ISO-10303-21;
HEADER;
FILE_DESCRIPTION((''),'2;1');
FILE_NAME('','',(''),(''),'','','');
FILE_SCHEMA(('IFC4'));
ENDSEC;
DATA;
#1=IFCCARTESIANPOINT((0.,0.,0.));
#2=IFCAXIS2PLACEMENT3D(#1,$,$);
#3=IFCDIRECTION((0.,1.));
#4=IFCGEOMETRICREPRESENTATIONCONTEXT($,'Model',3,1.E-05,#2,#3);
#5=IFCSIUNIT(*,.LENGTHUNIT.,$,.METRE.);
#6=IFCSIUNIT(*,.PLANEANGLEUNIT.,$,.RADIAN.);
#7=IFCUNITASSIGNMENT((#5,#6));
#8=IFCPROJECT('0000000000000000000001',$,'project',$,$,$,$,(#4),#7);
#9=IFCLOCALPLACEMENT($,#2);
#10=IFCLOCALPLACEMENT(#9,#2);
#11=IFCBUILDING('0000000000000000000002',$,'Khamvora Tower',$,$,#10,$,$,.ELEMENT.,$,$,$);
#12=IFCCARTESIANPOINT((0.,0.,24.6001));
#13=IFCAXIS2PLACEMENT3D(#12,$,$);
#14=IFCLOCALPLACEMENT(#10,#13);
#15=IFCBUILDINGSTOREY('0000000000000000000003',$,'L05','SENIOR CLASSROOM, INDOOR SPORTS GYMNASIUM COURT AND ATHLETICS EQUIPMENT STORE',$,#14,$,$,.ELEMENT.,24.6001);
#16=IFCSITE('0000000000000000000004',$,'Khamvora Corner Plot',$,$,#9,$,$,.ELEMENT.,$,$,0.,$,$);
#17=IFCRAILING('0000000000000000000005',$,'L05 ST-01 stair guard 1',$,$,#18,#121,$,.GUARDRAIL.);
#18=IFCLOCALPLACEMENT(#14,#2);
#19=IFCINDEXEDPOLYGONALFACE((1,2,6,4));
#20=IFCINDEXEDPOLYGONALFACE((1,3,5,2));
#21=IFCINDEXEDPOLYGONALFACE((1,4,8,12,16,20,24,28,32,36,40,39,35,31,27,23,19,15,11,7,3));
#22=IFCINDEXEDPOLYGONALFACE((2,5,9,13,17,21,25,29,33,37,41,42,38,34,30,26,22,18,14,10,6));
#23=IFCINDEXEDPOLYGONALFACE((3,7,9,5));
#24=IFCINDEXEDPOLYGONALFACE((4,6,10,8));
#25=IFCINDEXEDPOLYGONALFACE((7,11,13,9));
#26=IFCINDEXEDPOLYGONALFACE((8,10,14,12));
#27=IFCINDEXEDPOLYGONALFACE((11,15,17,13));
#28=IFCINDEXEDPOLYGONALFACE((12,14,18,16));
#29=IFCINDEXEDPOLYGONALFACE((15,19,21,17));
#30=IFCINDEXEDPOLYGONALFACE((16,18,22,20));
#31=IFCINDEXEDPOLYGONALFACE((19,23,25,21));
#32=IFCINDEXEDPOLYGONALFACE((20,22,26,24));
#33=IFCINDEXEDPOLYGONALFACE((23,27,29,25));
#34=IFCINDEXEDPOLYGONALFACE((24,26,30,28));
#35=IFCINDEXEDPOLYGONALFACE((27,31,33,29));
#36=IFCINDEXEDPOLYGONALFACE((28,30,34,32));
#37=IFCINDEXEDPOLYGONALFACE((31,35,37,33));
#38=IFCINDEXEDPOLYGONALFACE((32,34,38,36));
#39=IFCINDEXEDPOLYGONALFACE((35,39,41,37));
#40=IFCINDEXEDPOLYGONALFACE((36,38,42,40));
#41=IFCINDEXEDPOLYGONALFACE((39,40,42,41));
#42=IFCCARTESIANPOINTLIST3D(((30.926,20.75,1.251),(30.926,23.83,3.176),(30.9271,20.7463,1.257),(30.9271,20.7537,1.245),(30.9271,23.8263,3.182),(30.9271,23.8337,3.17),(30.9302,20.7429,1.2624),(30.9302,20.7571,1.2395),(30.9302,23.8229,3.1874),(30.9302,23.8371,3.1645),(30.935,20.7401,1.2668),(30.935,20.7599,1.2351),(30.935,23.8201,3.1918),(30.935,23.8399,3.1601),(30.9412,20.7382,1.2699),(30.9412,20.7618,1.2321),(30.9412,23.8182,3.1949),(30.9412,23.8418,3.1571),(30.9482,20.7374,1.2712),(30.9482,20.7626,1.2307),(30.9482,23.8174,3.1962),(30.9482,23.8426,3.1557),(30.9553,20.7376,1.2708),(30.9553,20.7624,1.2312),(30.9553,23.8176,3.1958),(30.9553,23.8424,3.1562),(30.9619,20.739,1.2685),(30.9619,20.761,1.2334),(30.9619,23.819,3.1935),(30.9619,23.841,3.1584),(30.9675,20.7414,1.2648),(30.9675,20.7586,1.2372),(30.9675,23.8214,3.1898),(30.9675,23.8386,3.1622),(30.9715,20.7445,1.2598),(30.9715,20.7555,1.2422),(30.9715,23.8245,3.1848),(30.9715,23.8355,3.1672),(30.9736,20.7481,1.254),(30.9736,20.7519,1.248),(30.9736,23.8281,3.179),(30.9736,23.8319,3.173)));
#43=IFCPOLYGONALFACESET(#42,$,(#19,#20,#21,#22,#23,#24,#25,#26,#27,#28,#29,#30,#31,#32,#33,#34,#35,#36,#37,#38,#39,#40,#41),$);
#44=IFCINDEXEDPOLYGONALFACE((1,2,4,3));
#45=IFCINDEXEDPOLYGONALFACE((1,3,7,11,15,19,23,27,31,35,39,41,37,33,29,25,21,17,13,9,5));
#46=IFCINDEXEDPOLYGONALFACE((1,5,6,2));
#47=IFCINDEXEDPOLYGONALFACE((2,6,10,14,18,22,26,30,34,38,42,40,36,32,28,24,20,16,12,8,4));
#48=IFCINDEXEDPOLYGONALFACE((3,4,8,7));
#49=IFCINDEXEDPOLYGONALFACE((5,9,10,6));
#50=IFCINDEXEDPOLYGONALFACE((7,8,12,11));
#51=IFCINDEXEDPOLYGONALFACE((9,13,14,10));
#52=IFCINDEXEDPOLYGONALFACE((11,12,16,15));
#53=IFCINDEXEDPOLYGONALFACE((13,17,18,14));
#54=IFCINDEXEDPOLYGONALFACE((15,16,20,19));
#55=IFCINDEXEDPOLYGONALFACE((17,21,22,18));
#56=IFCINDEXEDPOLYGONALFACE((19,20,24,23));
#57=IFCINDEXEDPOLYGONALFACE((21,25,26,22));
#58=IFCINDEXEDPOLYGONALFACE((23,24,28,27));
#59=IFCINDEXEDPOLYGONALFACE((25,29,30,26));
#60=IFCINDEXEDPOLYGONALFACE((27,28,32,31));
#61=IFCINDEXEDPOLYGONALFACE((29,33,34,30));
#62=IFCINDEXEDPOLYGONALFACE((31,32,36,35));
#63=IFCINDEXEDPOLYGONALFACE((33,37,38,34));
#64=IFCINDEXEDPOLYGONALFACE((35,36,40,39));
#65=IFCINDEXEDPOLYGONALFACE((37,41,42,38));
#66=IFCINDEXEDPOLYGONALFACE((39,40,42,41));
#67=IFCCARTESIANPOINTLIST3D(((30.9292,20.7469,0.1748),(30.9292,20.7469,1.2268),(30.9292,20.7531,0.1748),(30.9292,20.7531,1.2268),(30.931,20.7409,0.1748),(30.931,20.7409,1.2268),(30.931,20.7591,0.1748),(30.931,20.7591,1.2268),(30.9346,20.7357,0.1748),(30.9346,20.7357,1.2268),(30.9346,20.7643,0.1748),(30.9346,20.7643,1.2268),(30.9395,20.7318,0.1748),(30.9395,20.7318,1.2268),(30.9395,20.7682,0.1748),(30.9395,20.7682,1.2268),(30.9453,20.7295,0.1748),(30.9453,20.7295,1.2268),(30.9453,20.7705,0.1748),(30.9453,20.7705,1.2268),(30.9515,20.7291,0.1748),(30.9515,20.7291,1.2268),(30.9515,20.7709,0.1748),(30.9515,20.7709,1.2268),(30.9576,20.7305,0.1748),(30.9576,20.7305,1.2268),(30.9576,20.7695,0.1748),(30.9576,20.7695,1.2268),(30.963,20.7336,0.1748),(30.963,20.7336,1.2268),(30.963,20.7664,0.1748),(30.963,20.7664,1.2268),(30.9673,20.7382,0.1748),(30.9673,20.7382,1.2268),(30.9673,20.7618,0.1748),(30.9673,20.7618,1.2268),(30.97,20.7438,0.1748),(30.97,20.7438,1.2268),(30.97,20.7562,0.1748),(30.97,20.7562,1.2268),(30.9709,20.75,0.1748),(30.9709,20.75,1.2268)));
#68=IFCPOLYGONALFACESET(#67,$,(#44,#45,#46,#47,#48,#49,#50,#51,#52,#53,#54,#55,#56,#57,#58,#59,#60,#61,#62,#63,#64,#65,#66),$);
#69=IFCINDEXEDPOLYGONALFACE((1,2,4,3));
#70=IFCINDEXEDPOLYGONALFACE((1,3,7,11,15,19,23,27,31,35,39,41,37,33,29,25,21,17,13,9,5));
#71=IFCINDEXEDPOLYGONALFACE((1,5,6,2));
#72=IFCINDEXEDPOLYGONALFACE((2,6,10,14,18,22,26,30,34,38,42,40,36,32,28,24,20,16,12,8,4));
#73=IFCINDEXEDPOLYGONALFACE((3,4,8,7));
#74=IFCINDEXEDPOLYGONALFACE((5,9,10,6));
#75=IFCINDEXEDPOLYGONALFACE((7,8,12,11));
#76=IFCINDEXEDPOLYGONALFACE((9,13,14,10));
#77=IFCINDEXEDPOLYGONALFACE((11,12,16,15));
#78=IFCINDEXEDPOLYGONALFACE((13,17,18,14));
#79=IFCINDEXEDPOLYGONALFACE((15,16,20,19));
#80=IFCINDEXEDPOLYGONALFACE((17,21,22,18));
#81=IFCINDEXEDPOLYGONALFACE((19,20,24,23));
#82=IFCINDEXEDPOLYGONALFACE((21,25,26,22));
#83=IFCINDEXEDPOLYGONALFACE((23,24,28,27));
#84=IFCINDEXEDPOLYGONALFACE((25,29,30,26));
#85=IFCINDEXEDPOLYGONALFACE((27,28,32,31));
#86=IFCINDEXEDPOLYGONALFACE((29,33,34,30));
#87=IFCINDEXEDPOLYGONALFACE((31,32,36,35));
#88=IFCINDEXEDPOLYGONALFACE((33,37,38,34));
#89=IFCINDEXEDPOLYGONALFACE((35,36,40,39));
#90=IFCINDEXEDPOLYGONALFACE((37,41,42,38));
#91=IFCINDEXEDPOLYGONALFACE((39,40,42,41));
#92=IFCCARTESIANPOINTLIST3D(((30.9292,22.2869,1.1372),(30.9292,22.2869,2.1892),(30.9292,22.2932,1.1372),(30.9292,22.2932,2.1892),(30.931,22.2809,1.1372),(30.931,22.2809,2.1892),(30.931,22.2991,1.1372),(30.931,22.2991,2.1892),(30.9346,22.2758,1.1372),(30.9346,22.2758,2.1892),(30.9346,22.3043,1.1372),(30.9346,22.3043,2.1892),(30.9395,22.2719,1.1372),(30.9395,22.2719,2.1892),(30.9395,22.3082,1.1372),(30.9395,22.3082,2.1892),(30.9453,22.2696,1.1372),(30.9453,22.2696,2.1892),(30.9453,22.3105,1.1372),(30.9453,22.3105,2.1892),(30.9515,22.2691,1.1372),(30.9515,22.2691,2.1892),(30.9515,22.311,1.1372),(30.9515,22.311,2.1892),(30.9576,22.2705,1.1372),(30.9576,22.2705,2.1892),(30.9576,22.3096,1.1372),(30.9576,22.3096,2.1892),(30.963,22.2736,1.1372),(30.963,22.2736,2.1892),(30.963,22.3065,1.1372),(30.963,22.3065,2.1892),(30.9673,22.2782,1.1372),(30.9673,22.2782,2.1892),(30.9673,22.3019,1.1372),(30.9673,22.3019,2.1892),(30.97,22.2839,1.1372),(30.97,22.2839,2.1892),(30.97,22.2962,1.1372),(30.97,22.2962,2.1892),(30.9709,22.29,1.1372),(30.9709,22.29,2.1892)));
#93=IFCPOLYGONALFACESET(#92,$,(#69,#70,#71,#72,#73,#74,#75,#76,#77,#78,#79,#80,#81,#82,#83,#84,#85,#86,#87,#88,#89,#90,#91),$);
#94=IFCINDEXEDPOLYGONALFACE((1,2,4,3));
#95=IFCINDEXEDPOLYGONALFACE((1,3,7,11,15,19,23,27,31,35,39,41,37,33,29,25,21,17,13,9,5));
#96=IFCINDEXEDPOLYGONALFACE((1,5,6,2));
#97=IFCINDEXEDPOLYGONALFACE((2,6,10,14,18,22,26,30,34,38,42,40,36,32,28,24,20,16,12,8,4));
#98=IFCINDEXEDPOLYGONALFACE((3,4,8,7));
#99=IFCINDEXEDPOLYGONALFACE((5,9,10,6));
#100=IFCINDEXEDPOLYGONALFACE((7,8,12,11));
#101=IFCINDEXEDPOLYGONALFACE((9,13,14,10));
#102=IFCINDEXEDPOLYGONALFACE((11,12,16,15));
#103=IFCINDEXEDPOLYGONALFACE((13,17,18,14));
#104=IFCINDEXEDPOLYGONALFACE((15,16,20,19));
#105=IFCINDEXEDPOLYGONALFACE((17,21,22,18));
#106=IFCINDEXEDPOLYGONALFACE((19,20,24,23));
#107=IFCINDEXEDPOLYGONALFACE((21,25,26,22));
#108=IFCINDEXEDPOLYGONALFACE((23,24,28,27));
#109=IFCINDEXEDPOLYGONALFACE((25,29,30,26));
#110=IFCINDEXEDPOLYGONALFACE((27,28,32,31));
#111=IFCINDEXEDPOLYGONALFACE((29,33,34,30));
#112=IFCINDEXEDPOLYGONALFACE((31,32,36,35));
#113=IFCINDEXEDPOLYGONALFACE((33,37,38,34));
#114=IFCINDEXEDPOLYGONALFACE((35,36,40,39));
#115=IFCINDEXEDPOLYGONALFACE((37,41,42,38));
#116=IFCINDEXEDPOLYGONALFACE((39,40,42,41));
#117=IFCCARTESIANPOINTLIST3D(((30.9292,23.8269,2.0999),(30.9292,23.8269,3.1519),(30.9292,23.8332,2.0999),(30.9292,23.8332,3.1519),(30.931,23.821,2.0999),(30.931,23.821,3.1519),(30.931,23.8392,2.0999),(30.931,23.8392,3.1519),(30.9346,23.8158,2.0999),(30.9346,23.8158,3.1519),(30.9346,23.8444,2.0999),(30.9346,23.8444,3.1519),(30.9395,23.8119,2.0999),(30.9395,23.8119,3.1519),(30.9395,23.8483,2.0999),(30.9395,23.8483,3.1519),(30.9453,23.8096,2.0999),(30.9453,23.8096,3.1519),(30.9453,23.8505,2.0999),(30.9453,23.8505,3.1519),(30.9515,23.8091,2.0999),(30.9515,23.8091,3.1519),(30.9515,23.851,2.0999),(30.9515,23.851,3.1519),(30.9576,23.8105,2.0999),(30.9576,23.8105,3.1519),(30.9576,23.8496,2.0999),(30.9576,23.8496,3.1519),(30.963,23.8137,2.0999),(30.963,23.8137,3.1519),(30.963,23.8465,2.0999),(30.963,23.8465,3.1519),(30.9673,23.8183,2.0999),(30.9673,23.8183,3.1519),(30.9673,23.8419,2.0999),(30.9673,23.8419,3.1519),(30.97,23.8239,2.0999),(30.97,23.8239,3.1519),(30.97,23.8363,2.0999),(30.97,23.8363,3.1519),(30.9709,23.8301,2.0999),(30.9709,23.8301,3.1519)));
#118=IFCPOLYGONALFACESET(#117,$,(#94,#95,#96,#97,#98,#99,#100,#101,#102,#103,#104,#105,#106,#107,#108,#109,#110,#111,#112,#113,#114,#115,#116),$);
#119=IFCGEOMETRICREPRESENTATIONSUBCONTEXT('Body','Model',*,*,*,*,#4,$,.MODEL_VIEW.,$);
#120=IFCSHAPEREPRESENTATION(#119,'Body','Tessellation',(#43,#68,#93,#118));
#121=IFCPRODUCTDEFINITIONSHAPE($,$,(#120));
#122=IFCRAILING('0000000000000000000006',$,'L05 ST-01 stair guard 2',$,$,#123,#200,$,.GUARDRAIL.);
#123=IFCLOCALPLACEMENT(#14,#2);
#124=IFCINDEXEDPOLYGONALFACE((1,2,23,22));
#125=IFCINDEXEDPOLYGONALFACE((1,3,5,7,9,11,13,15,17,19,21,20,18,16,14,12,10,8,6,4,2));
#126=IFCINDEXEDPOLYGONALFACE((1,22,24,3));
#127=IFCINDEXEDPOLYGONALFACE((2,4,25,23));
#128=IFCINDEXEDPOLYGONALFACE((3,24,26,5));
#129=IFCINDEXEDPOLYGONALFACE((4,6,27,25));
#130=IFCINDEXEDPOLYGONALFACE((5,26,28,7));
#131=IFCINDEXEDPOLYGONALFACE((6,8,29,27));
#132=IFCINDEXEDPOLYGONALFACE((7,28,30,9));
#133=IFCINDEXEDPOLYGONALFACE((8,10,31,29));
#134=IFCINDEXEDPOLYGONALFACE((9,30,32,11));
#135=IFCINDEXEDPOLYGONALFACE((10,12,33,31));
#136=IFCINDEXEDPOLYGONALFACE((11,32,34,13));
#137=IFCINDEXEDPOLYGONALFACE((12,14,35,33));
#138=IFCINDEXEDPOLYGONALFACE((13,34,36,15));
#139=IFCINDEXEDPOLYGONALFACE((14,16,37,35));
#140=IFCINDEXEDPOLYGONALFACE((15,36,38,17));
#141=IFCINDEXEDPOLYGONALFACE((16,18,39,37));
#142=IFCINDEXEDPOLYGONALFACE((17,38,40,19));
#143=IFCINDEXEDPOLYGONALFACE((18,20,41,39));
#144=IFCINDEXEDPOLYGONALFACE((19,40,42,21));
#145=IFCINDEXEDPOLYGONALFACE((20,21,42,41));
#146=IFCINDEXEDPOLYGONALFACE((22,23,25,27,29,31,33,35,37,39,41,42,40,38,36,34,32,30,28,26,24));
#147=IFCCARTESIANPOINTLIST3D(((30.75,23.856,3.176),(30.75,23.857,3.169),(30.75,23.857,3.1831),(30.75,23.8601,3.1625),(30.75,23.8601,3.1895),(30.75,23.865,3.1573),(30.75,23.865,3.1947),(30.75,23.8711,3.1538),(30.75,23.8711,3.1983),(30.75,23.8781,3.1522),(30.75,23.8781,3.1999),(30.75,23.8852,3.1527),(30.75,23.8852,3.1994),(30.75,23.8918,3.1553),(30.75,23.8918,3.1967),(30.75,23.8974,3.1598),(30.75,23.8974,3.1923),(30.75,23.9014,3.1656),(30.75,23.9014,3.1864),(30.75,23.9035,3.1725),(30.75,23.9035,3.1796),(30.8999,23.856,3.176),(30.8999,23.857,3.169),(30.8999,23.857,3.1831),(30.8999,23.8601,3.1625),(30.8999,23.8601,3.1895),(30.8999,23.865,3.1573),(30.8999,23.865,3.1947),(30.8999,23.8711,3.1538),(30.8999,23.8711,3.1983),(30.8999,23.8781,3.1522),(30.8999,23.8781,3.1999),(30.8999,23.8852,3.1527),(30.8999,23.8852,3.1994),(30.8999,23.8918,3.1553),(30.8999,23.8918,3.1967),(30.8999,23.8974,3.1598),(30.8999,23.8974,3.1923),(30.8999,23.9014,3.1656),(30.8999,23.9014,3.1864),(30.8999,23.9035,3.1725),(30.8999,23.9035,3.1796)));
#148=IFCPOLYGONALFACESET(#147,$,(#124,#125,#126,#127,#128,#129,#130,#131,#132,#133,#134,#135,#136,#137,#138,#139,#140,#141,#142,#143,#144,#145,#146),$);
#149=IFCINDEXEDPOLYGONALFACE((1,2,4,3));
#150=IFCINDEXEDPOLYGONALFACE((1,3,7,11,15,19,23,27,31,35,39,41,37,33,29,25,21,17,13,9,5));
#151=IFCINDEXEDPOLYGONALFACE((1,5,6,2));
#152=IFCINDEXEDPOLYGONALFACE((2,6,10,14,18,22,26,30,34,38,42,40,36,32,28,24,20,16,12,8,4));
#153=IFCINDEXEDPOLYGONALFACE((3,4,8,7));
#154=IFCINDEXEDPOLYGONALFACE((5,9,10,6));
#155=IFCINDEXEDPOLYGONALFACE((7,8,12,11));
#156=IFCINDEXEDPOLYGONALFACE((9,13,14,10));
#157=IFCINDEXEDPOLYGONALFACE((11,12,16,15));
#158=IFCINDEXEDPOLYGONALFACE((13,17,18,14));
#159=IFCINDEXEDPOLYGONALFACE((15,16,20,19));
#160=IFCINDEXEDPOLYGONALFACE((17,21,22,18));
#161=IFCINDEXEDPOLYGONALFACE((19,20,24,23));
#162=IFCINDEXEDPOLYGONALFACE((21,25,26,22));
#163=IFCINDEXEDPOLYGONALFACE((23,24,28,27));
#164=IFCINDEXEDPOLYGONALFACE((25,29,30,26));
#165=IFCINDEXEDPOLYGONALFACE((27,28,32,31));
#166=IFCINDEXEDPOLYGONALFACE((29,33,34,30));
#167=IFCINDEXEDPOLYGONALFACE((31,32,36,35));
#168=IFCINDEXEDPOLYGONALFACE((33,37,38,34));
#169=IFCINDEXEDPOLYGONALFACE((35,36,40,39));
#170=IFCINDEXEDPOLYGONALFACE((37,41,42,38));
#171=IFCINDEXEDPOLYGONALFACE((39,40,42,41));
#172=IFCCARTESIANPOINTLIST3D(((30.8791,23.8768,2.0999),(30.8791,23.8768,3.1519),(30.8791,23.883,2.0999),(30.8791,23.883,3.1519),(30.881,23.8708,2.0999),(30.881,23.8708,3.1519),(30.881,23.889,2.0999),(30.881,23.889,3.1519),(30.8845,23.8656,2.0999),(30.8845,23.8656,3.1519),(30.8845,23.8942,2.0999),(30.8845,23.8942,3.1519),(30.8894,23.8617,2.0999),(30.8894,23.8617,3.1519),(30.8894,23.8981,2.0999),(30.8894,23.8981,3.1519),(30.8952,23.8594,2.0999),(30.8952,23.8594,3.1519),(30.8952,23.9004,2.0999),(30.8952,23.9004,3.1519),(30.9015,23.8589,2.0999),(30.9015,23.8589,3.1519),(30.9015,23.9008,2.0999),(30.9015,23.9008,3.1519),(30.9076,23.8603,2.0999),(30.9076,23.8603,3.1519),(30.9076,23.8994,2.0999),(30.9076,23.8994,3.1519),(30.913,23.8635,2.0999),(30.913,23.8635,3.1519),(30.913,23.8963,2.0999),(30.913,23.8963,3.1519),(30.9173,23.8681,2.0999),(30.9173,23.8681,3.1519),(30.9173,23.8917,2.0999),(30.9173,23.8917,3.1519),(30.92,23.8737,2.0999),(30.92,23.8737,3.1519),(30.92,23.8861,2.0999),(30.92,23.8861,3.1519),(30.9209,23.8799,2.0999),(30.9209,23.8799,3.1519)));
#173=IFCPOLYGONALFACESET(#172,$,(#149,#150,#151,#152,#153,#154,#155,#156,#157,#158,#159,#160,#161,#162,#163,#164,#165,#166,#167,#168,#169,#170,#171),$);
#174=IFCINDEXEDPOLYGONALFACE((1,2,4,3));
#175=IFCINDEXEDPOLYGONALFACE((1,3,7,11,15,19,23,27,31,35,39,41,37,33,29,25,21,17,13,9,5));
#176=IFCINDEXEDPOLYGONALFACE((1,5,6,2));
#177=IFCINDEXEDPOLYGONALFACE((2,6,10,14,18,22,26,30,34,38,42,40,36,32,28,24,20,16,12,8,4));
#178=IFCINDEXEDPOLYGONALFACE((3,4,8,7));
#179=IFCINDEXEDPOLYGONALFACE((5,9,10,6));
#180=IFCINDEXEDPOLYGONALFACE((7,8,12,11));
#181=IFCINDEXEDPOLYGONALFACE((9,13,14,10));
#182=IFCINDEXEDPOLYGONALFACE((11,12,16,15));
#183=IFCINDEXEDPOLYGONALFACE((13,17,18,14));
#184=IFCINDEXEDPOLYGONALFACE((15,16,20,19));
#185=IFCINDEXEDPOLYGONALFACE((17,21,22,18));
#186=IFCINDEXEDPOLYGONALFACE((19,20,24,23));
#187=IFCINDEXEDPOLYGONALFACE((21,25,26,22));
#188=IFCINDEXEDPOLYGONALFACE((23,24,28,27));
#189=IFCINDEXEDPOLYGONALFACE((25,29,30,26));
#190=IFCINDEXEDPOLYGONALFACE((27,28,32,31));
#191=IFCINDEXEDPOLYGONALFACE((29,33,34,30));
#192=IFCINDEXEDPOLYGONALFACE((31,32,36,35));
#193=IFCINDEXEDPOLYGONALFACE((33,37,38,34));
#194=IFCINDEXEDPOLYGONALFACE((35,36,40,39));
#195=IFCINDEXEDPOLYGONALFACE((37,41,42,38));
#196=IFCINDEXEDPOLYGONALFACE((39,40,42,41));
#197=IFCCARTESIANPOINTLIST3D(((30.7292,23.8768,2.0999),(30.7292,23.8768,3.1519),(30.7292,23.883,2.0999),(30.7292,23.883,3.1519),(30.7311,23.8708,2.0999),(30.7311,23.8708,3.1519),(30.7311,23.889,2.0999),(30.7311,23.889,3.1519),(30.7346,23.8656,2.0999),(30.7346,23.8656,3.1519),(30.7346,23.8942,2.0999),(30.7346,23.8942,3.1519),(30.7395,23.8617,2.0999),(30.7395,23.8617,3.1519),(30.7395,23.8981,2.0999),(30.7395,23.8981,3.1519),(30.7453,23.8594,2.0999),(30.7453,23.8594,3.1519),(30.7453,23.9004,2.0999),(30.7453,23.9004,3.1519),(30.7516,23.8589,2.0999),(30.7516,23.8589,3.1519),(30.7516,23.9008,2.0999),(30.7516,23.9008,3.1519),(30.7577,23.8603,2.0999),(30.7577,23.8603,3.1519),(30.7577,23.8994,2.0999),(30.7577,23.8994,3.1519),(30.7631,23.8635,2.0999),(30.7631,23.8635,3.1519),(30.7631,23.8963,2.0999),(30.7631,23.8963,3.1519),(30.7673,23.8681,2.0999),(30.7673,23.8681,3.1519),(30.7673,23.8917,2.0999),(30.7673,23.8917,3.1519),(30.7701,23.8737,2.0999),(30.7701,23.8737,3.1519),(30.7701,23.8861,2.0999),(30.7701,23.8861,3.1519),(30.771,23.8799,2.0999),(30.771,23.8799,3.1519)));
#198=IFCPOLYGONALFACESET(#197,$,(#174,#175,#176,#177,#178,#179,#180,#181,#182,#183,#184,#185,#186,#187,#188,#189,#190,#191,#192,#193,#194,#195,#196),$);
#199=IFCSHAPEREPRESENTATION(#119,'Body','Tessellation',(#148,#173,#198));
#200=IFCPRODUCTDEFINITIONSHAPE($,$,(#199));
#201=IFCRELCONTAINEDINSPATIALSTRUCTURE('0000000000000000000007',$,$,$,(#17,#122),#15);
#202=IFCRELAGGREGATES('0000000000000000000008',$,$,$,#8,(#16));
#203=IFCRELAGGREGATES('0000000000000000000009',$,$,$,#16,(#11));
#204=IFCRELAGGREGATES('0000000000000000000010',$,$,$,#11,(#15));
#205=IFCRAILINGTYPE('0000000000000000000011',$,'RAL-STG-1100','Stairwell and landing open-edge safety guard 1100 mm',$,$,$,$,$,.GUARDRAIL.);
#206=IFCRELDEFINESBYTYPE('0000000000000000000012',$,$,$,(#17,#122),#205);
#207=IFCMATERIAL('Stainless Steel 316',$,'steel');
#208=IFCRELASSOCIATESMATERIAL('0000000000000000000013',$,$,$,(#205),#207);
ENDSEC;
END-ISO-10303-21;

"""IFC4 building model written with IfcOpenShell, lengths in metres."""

from ifc_helpers import new_model, si_unit, direction, frame, origin, origin_2d, place, context, subcontext, project, spatial, circle, extrude, material, type_object, element, save


model = new_model("IFC4")

# Units and contexts
model_context = context("Model", 3, precision=1e-05, world=origin(), true_north=direction((0.0, 1.0)))
body_context = subcontext(model_context, "Body", "Model", "MODEL_VIEW")
ifc_project = project(units=[si_unit("LENGTHUNIT", "METRE"), si_unit("PLANEANGLEUNIT", "RADIAN")], contexts=[model_context])

# Site, building, storey
site_placement = place(None, origin())
site = spatial("IfcSite", under=ifc_project, at=site_placement, Name="Khamvora Corner Plot", CompositionType="ELEMENT", RefElevation=0.0)
building_placement = place(site_placement, origin())
building = spatial("IfcBuilding", under=site, at=building_placement, Name="Khamvora Tower", CompositionType="ELEMENT")
storey_placement = place(building_placement, frame((0.0, 0.0, 24.6001)))
storey = spatial("IfcBuildingStorey", under=building, at=storey_placement, Name="L05", Description="SENIOR CLASSROOM, INDOOR SPORTS GYMNASIUM COURT AND ATHLETICS EQUIPMENT STORE", CompositionType="ELEMENT", Elevation=24.6001)

# Railings
ifc_material_1 = material(Name="Stainless Steel 316", Category="steel")
railing_type_1 = type_object("IfcRailingType", Name="RAL-STG-1100", Description="Stairwell and landing open-edge safety guard 1100 mm", PredefinedType="GUARDRAIL", material=ifc_material_1)
railing_1_placement = place(storey_placement, frame((30.95, 20.75, 0.1748)))
element("IfcRailing", 1, at=railing_1_placement, inside=storey, type_object=railing_type_1, Name="L05 ST-01 stair guard 1", PredefinedType="GUARDRAIL", context=body_context, shape_type="SweptSolid", body=[
    extrude(circle(Radius=0.0239, at=origin_2d()), frame((0.0, 0.0, 1.0762), z_axis=(0.0, 0.847998, 0.529999), x_axis=(-1.0, 0.0, 0.0)), (0.0, 0.0, 1.0), 3.6321),
    extrude(circle(Radius=0.021, at=origin_2d()), origin(), (0.0, 0.0, 1.0), 1.052),
    extrude(circle(Radius=0.021, at=origin_2d()), frame((0.0, 1.54, 0.9624)), (0.0, 0.0, 1.0), 1.052),
    extrude(circle(Radius=0.021, at=origin_2d()), frame((0.0, 3.0801, 1.925)), (0.0, 0.0, 1.0), 1.052),
])
railing_2_placement = place(storey_placement, frame((30.8999, 23.8799, 2.0999)))
element("IfcRailing", 2, at=railing_2_placement, inside=storey, type_object=railing_type_1, Name="L05 ST-01 stair guard 2", PredefinedType="GUARDRAIL", context=body_context, shape_type="SweptSolid", body=[
    extrude(circle(Radius=0.0239, at=origin_2d()), frame((0.0, 0.0, 1.0762), z_axis=(-1.0, 0.0, 0.0), x_axis=(0.0, -1.0, 0.0)), (0.0, 0.0, 1.0), 0.1499),
    extrude(circle(Radius=0.021, at=origin_2d()), origin(), (0.0, 0.0, 1.0), 1.052),
    extrude(circle(Radius=0.021, at=origin_2d()), frame((-0.1499, 0.0, 0.0)), (0.0, 0.0, 1.0), 1.052),
])

save(model, "model.ifc")
